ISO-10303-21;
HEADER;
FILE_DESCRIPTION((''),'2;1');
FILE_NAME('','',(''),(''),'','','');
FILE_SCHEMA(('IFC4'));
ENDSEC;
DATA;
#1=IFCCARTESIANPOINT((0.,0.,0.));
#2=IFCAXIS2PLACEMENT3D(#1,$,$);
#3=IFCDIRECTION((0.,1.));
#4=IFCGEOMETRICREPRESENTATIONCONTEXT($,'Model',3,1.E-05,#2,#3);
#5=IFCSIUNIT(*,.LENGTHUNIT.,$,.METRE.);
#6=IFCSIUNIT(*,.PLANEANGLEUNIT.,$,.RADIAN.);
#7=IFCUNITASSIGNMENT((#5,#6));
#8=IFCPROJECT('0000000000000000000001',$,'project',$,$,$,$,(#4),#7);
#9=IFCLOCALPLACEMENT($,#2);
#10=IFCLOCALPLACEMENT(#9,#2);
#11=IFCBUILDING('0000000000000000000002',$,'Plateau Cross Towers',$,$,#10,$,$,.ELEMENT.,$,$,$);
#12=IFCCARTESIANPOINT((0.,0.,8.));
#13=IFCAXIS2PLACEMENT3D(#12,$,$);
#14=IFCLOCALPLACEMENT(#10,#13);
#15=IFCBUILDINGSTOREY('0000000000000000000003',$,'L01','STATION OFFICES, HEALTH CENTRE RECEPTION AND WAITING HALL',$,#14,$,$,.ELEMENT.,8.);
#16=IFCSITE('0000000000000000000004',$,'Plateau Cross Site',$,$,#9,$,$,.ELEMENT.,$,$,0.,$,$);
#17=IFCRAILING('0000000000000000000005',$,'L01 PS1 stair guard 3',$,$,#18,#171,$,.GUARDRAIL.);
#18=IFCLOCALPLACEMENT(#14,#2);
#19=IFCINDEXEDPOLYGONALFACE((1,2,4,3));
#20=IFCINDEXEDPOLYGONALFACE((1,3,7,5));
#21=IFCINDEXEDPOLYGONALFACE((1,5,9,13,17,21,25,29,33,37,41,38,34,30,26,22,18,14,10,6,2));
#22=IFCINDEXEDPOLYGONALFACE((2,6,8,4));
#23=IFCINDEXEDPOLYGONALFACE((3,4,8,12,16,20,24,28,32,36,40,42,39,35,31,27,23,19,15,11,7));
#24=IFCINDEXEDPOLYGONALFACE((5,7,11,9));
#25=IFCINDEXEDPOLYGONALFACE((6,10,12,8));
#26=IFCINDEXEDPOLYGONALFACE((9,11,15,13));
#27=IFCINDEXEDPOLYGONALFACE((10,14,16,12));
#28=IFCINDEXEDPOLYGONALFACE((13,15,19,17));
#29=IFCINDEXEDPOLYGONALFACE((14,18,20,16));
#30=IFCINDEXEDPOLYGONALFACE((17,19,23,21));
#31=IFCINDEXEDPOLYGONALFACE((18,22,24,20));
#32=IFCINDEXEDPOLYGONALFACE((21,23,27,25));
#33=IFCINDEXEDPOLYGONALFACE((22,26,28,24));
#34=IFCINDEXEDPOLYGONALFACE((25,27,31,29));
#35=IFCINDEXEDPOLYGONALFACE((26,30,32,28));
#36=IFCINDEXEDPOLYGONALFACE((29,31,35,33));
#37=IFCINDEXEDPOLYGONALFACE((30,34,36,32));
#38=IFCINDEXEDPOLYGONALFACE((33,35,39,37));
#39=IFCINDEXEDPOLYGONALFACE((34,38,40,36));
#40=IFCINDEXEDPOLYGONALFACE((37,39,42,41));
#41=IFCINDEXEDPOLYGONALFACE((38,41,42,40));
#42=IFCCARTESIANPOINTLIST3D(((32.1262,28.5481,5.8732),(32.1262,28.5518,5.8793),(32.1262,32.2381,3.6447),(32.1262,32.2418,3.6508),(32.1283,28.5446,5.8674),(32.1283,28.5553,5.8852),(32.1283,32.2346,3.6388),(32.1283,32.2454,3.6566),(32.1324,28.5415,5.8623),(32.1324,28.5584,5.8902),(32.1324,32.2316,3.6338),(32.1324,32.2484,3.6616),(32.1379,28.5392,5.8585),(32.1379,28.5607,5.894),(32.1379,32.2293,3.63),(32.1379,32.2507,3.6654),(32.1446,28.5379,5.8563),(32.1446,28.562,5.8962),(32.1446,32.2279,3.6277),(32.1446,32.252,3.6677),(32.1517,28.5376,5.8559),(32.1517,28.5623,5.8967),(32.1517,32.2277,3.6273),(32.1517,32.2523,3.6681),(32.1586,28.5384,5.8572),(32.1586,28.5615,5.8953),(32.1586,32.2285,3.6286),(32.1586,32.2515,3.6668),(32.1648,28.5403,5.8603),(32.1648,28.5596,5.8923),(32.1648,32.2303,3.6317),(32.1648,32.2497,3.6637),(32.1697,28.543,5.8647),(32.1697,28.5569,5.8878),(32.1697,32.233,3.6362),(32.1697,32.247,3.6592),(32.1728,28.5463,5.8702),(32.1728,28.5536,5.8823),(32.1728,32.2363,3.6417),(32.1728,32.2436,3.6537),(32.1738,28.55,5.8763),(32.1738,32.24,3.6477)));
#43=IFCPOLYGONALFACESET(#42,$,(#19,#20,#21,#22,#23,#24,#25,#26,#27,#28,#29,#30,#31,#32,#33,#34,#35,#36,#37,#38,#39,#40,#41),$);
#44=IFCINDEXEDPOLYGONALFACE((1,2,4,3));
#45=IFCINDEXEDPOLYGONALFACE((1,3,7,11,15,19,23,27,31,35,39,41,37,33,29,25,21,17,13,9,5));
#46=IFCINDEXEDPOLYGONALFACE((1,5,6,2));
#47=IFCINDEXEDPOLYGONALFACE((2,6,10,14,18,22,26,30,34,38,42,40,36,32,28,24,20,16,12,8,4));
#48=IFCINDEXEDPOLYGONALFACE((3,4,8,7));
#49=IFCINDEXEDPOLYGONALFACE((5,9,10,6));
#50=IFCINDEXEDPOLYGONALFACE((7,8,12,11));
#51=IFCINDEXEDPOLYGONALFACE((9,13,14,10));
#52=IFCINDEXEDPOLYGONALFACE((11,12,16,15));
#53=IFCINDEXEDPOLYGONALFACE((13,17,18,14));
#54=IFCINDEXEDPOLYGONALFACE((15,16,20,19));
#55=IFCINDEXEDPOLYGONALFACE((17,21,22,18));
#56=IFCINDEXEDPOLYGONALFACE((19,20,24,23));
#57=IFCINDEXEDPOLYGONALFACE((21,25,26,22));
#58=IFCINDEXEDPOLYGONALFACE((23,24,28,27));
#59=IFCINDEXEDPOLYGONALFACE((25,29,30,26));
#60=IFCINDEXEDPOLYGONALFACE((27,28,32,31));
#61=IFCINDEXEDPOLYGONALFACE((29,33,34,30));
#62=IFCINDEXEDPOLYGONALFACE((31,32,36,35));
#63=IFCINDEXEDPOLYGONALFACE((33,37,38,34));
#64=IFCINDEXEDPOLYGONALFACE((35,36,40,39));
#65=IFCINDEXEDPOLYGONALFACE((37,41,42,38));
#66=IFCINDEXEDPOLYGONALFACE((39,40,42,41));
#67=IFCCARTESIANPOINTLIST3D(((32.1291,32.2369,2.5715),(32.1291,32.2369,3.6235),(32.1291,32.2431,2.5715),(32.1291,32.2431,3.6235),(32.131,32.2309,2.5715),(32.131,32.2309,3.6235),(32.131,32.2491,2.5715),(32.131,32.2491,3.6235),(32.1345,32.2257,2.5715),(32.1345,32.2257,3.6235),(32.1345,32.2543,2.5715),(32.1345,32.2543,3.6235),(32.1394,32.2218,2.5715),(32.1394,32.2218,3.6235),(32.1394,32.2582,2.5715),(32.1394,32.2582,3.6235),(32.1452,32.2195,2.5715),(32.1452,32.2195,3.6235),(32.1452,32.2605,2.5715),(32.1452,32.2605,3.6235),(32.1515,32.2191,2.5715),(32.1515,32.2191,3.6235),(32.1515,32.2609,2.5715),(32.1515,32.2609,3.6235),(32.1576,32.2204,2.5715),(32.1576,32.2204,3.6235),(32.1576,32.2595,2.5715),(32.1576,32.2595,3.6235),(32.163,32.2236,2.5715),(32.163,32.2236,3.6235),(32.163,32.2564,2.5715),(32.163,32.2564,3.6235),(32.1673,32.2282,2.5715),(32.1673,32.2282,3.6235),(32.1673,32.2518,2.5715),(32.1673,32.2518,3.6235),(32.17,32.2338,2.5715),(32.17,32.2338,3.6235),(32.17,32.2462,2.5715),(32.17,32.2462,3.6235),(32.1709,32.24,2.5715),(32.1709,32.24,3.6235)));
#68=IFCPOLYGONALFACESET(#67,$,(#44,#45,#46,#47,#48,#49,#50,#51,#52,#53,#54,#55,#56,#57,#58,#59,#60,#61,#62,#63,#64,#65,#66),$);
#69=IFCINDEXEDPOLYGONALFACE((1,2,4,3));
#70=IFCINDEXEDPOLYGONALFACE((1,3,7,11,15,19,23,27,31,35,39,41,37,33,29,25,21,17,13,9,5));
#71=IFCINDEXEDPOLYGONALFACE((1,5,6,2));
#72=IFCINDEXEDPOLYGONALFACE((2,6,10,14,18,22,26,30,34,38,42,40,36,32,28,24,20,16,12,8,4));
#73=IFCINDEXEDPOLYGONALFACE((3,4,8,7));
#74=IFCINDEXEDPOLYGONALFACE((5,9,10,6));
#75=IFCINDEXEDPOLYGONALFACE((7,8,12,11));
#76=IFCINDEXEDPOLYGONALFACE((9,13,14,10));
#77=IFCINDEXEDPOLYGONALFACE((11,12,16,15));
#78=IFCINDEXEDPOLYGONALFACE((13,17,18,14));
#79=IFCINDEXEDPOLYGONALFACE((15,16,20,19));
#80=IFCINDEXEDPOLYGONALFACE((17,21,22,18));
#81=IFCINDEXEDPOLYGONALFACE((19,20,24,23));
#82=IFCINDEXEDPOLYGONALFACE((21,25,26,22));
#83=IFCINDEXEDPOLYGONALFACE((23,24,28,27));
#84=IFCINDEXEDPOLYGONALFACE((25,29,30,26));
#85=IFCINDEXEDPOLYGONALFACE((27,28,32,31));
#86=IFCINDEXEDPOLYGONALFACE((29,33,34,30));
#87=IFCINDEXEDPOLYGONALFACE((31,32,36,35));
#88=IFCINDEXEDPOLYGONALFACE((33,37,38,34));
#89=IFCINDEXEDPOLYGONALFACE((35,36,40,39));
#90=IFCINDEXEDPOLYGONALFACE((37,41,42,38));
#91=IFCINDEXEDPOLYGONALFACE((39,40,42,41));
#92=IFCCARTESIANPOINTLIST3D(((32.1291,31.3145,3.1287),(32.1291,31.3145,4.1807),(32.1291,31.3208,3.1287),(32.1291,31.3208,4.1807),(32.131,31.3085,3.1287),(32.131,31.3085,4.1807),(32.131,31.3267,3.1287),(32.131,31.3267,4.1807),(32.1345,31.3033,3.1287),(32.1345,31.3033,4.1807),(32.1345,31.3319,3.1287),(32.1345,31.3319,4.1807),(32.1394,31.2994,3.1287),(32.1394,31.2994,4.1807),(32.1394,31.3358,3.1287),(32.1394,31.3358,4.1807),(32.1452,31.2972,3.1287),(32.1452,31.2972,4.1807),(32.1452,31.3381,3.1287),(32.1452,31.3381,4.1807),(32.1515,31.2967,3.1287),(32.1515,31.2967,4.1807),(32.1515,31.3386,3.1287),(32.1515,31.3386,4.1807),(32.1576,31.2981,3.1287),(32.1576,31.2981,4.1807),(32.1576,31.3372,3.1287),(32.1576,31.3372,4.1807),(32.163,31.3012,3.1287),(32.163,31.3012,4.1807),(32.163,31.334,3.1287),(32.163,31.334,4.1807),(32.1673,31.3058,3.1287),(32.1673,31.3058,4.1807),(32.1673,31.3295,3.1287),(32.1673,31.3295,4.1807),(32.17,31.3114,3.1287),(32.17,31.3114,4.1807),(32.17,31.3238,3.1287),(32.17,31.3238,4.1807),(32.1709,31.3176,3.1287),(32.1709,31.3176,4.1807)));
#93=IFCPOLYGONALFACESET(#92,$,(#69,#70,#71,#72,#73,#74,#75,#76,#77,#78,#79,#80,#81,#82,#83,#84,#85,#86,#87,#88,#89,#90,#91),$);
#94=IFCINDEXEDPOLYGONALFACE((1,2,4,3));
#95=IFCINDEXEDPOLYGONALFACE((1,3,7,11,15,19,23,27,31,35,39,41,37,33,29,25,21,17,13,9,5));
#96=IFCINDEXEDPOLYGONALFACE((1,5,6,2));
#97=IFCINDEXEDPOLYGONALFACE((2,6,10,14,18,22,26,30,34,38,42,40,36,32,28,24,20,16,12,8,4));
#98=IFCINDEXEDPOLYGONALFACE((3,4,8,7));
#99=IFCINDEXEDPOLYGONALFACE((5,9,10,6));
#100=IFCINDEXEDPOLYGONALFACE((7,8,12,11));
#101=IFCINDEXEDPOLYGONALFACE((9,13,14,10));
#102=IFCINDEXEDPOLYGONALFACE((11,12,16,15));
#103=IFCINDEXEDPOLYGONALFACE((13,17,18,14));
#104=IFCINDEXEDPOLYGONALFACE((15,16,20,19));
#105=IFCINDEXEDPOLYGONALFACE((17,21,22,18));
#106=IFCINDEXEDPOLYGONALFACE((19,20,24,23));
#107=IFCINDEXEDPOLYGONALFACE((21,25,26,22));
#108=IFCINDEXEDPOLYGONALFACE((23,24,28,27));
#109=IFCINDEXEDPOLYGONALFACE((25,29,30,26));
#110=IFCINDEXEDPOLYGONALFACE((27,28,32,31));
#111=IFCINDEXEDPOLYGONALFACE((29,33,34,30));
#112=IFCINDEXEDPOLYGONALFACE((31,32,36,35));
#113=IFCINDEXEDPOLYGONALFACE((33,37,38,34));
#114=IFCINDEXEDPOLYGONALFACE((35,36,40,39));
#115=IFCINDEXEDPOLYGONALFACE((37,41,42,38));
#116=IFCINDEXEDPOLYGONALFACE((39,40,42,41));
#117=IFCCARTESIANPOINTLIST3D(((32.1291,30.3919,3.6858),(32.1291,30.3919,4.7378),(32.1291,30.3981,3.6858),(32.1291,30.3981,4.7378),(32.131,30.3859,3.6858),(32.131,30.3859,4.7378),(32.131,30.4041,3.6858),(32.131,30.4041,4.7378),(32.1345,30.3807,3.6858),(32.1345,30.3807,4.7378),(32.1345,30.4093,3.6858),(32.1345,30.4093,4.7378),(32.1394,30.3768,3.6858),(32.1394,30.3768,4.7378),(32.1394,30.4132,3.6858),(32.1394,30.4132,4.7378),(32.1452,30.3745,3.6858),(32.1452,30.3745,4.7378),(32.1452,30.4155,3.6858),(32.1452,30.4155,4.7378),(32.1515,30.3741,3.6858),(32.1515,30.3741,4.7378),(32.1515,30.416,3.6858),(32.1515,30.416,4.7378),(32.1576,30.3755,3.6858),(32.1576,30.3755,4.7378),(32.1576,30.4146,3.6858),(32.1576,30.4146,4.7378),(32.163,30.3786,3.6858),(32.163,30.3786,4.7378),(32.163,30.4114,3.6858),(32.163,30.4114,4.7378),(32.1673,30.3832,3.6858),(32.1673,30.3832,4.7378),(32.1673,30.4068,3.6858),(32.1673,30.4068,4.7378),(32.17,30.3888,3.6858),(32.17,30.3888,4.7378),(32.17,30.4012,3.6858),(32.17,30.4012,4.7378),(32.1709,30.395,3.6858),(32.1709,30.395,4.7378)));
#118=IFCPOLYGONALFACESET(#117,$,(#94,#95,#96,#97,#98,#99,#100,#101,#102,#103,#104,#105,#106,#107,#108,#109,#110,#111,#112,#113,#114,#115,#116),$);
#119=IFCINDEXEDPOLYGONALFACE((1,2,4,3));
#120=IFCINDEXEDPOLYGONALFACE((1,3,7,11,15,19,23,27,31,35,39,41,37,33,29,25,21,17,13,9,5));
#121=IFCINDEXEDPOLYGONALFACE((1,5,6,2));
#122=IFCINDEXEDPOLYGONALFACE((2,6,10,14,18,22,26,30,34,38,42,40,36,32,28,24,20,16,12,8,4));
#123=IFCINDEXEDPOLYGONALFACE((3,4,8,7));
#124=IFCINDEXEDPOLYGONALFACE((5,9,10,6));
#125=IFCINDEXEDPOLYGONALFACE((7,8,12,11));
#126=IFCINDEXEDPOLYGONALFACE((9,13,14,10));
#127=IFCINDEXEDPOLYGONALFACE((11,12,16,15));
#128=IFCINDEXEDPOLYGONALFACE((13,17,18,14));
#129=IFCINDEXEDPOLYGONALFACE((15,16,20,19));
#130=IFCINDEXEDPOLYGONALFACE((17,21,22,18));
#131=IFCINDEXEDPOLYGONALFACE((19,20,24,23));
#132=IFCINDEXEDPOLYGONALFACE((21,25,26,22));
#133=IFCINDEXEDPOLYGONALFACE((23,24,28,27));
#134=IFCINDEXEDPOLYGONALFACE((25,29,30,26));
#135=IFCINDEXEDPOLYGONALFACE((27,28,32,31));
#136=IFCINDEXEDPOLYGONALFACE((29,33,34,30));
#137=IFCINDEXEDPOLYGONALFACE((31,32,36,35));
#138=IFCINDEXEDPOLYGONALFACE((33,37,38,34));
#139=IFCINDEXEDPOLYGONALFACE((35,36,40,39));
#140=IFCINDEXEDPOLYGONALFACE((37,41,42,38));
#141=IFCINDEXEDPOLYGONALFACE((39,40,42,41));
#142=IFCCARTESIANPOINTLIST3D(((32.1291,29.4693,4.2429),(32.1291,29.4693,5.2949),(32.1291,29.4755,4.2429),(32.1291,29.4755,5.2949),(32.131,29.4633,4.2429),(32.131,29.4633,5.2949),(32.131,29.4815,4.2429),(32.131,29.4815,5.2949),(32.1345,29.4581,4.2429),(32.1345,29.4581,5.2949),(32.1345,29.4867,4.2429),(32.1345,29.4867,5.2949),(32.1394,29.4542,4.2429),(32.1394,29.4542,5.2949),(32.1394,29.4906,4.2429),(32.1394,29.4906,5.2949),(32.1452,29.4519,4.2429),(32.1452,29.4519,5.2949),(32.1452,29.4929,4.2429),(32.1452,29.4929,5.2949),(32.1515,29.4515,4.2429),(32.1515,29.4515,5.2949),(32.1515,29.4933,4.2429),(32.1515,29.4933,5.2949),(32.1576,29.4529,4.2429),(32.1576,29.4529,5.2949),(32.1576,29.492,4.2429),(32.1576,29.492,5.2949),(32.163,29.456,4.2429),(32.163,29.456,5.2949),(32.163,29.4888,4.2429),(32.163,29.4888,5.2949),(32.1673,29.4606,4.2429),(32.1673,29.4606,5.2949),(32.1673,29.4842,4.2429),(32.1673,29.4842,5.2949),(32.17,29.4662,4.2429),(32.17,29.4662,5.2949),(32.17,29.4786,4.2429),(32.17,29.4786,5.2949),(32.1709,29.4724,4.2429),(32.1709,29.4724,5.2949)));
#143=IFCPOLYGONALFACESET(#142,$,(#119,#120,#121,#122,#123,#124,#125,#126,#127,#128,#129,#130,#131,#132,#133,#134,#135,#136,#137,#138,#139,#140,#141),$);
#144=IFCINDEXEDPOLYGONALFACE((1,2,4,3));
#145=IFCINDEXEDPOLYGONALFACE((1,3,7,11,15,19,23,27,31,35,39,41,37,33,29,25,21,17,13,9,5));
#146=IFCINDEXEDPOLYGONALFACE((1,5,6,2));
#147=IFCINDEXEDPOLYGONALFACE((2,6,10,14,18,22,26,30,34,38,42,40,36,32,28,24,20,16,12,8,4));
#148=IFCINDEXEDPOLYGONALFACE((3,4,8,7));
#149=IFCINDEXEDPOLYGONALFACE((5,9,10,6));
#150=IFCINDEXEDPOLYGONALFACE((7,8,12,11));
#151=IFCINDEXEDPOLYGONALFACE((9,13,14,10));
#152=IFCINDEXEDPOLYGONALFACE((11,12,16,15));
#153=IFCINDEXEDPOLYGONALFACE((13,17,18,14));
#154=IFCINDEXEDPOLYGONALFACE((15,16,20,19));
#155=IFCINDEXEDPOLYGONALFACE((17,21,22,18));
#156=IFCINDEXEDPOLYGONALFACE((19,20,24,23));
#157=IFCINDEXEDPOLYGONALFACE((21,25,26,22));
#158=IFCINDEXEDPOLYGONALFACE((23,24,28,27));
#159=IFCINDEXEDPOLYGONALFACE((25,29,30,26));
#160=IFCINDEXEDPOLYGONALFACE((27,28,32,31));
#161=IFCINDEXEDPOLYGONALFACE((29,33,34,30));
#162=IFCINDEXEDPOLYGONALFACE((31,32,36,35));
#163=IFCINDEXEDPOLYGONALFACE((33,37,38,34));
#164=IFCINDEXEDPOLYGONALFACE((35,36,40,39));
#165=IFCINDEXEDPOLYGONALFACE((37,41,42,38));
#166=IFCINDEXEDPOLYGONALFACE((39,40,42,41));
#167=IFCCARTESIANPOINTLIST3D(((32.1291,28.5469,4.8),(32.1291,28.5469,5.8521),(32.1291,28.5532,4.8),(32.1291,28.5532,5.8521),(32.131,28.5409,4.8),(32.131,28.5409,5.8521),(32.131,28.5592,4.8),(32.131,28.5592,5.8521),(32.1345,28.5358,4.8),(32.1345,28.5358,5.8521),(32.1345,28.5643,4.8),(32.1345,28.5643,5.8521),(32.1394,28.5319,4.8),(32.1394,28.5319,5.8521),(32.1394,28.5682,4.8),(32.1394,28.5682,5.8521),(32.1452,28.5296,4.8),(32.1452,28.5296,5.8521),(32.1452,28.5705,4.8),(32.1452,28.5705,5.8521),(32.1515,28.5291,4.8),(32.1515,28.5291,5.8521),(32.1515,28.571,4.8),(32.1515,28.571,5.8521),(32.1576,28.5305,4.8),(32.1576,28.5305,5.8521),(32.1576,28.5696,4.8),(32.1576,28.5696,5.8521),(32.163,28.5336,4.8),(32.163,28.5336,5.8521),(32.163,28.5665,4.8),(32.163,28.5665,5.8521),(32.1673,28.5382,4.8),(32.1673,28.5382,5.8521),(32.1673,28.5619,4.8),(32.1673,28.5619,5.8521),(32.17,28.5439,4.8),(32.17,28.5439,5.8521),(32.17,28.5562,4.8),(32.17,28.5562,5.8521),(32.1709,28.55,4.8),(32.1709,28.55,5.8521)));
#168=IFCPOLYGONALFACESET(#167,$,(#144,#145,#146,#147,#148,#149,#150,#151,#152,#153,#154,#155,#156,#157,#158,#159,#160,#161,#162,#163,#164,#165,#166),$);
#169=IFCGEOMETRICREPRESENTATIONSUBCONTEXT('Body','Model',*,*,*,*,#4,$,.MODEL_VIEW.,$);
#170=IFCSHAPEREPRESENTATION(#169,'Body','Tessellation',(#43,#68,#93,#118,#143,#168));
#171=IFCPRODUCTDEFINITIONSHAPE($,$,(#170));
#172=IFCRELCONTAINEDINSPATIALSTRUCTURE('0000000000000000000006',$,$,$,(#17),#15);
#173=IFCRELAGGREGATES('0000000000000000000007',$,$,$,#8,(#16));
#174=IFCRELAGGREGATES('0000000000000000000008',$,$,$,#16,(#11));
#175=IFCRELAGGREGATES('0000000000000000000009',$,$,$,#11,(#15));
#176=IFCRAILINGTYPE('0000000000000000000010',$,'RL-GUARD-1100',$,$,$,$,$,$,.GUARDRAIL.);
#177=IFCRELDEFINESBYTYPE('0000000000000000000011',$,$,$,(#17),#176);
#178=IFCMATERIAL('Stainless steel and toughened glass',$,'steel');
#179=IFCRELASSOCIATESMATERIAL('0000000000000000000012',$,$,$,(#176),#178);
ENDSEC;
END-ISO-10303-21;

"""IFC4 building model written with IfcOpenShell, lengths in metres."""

from ifc_helpers import new_model, si_unit, direction, frame, origin, origin_2d, place, context, subcontext, project, spatial, circle, extrude, material, type_object, element, save


model = new_model("IFC4")

# Units and contexts
model_context = context("Model", 3, precision=1e-05, world=origin(), true_north=direction((0.0, 1.0)))
body_context = subcontext(model_context, "Body", "Model", "MODEL_VIEW")
ifc_project = project(units=[si_unit("LENGTHUNIT", "METRE"), si_unit("PLANEANGLEUNIT", "RADIAN")], contexts=[model_context])

# Site, building, storey
site_placement = place(None, origin())
site = spatial("IfcSite", under=ifc_project, at=site_placement, Name="Plateau Cross Site", CompositionType="ELEMENT", RefElevation=0.0)
building_placement = place(site_placement, origin())
building = spatial("IfcBuilding", under=site, at=building_placement, Name="Plateau Cross Towers", CompositionType="ELEMENT")
storey_placement = place(building_placement, frame((0.0, 0.0, 8.0)))
storey = spatial("IfcBuildingStorey", under=building, at=storey_placement, Name="L01", Description="STATION OFFICES, HEALTH CENTRE RECEPTION AND WAITING HALL", CompositionType="ELEMENT", Elevation=8.0)

# Railing
ifc_material_1 = material(Name="Stainless steel and toughened glass", Category="steel")
railing_type_1 = type_object("IfcRailingType", Name="RL-GUARD-1100", PredefinedType="GUARDRAIL", material=ifc_material_1)
railing_1_placement = place(storey_placement, frame((32.1499, 32.24, 2.5715)))
element("IfcRailing", 1, at=railing_1_placement, inside=storey, type_object=railing_type_1, Name="L01 PS1 stair guard 3", PredefinedType="GUARDRAIL", context=body_context, shape_type="SweptSolid", body=[
    extrude(circle(Radius=0.0239, at=origin_2d()), frame((0.0, 0.0, 1.0762), z_axis=(0.0, -0.856, 0.516976), x_axis=(1.0, 0.0, 0.0)), (0.0, 0.0, 1.0), 4.3108),
    extrude(circle(Radius=0.021, at=origin_2d()), origin(), (0.0, 0.0, 1.0), 1.052),
    extrude(circle(Radius=0.021, at=origin_2d()), frame((0.0, -0.9224, 0.5571)), (0.0, 0.0, 1.0), 1.052),
    extrude(circle(Radius=0.021, at=origin_2d()), frame((0.0, -1.845, 1.1143)), (0.0, 0.0, 1.0), 1.052),
    extrude(circle(Radius=0.021, at=origin_2d()), frame((0.0, -2.7676, 1.6714)), (0.0, 0.0, 1.0), 1.052),
    extrude(circle(Radius=0.021, at=origin_2d()), frame((0.0, -3.6899, 2.2285)), (0.0, 0.0, 1.0), 1.052),
])

save(model, "model.ifc")
